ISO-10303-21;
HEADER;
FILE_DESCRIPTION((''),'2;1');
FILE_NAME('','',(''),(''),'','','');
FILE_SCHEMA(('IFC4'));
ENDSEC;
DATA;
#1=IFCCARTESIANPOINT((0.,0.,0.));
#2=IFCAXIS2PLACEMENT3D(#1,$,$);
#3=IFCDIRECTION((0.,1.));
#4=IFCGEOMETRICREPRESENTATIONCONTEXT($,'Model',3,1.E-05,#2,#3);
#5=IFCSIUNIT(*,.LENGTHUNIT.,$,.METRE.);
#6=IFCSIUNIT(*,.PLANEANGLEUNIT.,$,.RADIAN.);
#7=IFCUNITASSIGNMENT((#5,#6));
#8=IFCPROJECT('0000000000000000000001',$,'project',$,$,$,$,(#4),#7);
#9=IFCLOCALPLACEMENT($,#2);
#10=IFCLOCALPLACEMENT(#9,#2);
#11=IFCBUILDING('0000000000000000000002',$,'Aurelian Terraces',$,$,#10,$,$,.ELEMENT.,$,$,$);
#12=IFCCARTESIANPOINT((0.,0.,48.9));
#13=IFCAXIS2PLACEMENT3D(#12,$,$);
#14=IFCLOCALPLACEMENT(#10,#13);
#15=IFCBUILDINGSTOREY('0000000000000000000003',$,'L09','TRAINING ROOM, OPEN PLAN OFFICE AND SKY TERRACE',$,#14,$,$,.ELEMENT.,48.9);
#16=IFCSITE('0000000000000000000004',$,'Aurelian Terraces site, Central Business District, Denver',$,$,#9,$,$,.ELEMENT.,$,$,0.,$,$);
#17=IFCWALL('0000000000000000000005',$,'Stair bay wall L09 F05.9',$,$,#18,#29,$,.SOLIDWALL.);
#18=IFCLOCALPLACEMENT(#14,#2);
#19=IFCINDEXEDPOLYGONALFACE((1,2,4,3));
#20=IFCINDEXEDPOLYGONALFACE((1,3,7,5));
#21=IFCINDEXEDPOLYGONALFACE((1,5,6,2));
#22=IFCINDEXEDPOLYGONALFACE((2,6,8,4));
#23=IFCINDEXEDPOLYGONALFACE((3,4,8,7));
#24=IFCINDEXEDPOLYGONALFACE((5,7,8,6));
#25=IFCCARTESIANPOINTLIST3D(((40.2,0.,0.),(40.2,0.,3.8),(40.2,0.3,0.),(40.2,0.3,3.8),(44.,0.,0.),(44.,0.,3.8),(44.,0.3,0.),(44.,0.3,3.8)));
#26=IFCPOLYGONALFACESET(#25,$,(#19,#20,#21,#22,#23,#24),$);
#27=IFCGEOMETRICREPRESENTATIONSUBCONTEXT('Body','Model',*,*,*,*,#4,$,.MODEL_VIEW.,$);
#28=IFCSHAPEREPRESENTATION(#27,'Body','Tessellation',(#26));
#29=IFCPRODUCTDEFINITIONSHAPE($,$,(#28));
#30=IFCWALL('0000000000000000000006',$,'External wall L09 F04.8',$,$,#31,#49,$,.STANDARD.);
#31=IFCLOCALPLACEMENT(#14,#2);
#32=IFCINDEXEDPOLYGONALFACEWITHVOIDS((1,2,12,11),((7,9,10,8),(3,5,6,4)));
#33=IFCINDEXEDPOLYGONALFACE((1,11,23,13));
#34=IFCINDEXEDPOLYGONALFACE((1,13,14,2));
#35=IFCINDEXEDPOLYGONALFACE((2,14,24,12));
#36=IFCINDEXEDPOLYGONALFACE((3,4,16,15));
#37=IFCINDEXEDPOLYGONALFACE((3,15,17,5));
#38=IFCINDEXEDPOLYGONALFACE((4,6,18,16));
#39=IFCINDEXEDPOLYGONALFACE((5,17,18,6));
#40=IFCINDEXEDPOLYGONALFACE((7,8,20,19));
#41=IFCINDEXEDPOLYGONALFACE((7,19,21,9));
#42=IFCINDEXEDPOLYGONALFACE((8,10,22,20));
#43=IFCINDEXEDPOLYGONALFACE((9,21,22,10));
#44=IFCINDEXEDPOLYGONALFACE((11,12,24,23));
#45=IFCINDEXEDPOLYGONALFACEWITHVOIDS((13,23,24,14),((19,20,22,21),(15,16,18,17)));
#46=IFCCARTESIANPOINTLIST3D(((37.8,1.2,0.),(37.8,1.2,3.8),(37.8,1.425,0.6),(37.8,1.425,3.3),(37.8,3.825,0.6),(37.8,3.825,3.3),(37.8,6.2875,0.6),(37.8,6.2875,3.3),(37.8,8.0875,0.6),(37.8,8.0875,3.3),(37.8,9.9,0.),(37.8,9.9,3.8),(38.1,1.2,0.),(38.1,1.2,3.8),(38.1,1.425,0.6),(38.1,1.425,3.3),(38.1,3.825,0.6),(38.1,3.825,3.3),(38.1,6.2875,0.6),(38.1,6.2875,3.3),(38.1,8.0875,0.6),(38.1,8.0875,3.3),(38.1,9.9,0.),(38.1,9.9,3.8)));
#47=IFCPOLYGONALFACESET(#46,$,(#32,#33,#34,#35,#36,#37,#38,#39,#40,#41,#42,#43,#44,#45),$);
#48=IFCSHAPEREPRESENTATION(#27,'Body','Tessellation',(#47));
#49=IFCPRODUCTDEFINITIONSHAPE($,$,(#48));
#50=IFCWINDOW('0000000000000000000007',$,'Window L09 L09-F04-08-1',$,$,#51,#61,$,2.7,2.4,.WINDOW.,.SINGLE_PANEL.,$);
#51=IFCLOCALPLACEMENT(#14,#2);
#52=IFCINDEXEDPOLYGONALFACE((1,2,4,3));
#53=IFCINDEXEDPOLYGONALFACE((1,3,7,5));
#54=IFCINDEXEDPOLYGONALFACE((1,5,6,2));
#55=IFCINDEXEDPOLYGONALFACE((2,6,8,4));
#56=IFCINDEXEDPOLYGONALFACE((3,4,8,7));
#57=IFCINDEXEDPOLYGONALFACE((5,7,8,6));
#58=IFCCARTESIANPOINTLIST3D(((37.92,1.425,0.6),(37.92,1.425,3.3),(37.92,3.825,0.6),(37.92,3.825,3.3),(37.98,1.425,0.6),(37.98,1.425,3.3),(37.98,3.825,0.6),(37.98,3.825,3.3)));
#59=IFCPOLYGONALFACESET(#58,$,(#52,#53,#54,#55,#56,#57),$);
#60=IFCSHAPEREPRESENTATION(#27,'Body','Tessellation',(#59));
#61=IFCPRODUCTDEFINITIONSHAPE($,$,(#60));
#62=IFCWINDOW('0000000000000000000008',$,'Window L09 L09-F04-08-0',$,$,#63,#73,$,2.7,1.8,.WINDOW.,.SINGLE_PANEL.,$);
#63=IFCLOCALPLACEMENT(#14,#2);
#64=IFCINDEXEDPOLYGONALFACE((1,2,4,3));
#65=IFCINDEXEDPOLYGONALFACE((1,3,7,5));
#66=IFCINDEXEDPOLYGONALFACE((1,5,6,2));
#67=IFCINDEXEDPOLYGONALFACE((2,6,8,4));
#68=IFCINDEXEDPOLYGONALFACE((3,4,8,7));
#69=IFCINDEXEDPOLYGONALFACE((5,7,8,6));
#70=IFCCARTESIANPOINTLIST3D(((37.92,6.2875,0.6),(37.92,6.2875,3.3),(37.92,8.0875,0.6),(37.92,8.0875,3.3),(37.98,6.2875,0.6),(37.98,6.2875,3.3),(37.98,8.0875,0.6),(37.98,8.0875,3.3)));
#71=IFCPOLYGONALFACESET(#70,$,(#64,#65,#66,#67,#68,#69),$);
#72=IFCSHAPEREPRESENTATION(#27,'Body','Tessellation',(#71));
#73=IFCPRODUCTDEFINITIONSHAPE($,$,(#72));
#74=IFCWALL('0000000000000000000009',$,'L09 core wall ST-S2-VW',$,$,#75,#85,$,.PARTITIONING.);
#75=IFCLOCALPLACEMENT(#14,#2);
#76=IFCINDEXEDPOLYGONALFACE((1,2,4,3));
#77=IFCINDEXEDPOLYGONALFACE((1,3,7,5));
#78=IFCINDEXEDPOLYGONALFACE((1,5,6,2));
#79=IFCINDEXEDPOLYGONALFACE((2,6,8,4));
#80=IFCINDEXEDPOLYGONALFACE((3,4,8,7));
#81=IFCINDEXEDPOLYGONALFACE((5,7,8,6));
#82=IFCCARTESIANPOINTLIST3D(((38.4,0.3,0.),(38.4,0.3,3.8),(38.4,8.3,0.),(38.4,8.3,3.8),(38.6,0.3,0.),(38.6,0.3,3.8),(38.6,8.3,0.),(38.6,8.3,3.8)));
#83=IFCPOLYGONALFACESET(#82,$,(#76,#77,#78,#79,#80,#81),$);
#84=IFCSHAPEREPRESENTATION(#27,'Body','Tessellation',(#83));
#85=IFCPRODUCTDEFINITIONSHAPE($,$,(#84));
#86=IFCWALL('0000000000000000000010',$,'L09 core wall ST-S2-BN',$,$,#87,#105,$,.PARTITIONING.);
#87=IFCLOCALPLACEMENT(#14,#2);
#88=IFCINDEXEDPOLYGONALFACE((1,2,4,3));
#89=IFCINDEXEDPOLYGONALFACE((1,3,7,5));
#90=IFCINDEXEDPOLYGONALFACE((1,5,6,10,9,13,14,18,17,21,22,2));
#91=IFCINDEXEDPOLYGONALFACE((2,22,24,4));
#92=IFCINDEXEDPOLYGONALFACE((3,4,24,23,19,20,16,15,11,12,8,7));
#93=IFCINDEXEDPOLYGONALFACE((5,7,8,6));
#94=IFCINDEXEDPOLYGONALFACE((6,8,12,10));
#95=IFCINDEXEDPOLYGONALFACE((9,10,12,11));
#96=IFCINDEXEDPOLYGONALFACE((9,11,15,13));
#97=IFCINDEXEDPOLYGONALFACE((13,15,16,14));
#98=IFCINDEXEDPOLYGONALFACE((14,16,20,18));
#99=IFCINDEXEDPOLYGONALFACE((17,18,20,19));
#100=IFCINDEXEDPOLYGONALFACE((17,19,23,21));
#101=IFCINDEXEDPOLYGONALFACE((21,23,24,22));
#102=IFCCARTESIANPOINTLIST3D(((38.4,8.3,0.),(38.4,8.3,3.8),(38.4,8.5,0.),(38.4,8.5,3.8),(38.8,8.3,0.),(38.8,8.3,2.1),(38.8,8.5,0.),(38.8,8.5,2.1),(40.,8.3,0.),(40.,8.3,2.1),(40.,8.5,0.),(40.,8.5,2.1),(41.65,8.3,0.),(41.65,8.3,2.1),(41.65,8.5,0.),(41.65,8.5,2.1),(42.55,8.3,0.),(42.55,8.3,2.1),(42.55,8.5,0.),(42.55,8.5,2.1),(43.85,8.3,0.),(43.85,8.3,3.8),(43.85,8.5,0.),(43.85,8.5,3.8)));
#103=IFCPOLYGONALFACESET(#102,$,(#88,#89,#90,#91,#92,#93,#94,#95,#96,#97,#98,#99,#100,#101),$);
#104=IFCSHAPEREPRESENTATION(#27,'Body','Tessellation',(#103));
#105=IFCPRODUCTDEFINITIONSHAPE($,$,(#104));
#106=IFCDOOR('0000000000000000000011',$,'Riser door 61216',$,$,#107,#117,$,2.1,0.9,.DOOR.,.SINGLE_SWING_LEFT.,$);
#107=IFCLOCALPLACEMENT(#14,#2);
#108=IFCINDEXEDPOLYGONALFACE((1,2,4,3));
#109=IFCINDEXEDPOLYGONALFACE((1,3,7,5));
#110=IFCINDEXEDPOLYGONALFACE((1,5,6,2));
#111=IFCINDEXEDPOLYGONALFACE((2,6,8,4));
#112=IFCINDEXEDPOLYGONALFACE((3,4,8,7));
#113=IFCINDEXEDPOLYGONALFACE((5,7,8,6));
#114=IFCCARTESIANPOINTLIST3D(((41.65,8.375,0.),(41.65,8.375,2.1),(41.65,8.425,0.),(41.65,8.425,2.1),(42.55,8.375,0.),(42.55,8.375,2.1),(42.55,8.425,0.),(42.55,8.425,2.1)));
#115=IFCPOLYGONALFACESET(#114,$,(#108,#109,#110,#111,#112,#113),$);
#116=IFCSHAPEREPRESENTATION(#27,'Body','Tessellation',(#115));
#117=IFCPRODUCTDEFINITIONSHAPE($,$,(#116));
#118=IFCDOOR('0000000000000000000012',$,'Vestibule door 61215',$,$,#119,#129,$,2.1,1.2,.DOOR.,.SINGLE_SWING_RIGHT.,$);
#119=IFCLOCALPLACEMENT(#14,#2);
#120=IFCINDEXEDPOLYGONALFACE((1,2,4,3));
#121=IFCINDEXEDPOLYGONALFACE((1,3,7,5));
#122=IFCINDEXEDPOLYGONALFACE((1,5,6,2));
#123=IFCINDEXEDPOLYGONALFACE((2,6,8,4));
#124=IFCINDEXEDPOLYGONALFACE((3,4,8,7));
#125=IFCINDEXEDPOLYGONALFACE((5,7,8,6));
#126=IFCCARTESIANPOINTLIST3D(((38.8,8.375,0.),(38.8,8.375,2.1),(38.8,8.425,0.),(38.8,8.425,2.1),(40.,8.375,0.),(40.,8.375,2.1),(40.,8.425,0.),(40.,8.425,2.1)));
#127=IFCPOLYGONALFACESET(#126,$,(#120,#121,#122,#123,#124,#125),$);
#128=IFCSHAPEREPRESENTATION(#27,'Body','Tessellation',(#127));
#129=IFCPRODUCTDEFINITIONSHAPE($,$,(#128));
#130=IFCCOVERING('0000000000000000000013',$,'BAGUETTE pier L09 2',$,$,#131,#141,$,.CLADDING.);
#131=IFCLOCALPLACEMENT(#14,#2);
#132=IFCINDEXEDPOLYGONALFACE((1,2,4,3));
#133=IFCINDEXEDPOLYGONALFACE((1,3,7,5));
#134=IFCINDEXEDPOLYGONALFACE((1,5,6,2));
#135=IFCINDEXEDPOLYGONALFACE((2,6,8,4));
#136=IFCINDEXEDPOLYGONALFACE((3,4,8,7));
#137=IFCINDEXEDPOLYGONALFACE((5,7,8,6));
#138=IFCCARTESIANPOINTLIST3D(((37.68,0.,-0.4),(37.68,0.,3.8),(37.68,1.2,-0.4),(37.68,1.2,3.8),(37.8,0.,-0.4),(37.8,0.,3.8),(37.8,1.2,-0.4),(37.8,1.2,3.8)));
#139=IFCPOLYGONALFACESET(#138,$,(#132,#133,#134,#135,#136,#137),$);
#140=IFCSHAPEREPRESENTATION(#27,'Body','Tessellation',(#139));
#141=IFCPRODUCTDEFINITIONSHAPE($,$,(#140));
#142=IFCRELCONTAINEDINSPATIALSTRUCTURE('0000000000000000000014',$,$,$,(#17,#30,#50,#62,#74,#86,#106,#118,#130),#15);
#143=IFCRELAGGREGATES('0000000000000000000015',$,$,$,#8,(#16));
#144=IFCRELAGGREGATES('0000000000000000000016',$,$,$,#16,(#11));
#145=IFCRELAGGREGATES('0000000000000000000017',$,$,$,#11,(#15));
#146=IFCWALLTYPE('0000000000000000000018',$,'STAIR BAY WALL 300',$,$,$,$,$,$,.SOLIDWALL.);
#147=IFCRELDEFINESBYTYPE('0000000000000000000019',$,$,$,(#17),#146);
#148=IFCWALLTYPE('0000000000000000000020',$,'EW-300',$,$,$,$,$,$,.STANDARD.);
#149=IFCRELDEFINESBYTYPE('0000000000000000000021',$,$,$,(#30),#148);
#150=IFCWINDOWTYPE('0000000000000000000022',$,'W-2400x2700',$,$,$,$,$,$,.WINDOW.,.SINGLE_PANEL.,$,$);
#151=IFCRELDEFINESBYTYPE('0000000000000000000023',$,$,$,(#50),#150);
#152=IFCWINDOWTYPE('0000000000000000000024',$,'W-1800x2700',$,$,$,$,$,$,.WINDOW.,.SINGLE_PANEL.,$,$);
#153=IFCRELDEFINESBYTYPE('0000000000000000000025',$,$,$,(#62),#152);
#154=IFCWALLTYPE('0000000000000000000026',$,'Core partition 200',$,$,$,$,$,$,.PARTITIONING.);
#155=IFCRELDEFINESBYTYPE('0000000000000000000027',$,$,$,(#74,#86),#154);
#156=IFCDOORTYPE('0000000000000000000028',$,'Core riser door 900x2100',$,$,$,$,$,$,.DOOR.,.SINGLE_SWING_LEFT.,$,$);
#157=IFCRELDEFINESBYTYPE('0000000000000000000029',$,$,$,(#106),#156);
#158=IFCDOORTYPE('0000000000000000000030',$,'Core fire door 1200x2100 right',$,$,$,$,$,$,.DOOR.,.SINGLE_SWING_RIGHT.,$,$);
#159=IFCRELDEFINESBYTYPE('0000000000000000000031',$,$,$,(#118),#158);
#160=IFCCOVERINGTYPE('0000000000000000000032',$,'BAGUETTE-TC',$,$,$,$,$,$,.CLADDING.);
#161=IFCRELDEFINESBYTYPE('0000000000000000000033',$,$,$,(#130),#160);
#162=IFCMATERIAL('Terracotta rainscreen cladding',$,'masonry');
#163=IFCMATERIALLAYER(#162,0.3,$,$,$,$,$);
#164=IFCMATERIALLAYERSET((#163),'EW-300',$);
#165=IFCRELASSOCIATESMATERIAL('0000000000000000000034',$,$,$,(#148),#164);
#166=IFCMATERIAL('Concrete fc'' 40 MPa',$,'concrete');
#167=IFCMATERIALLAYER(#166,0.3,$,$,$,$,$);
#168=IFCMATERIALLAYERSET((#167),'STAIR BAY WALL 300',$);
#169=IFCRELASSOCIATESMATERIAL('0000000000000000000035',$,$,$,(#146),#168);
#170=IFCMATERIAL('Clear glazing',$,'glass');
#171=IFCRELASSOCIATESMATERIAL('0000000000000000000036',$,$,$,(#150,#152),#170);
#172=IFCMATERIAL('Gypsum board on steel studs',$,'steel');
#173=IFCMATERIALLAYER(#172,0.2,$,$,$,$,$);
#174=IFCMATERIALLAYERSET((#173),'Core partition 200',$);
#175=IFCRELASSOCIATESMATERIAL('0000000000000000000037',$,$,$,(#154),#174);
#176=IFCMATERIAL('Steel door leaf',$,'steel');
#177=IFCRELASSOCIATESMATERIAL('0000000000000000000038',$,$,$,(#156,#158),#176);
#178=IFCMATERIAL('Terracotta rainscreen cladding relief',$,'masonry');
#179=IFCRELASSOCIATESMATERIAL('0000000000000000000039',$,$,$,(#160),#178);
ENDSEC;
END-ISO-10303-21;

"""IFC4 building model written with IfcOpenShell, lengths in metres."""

from ifc_helpers import new_model, si_unit, direction, frame, frame_2d, origin, origin_2d, place, context, subcontext, project, spatial, rectangle, extrude, source, transform, mapped, material, layer, layer_set, type_object, element, fill, save


model = new_model("IFC4")

# Units and contexts
model_context = context("Model", 3, precision=1e-05, world=origin(), true_north=direction((0.0, 1.0)))
body_context = subcontext(model_context, "Body", "Model", "MODEL_VIEW")
ifc_project = project(units=[si_unit("LENGTHUNIT", "METRE"), si_unit("PLANEANGLEUNIT", "RADIAN")], contexts=[model_context])

# Site, building, storey
site_placement = place(None, origin())
site = spatial("IfcSite", under=ifc_project, at=site_placement, Name="Aurelian Terraces site, Central Business District, Denver", CompositionType="ELEMENT", RefElevation=0.0)
building_placement = place(site_placement, origin())
building = spatial("IfcBuilding", under=site, at=building_placement, Name="Aurelian Terraces", CompositionType="ELEMENT")
storey_placement = place(building_placement, frame((0.0, 0.0, 48.9)))
storey = spatial("IfcBuildingStorey", under=building, at=storey_placement, Name="L09", Description="TRAINING ROOM, OPEN PLAN OFFICE AND SKY TERRACE", CompositionType="ELEMENT", Elevation=48.9)

# Shared definitions
ifc_material_1 = material(Name="Concrete fc' 40 MPa", Category="concrete")

# Wall
ifc_material_2 = material(Name="Terracotta rainscreen cladding", Category="masonry")
ifc_layer_1 = layer(ifc_material_2, 0.3)
ifc_layer_set_1 = layer_set([ifc_layer_1], Name="EW-300")
wall_type_1 = type_object("IfcWallType", Name="EW-300", PredefinedType="STANDARD", material=ifc_layer_set_1)
ifc_layer_2 = layer(ifc_material_1, 0.3)
ifc_layer_set_2 = layer_set([ifc_layer_2], Name="STAIR BAY WALL 300")
wall_type_2 = type_object("IfcWallType", Name="STAIR BAY WALL 300", PredefinedType="SOLIDWALL", material=ifc_layer_set_2)
shared_shape_1 = source(origin(), body_context, "Body", "SweptSolid", [
    extrude(rectangle(XDim=3.8, YDim=0.3, at=frame_2d((1.9, 0.0))), origin(), (0.0, 0.0, 1.0), 3.8),
])
wall_1_placement = place(storey_placement, frame((40.2, 0.15, 0.0), z_axis=(0.0, 0.0, 1.0), x_axis=(1.0, 0.0, 0.0)))
element("IfcWall", 1, at=wall_1_placement, inside=storey, type_object=wall_type_2, Name="Stair bay wall L09 F05.9", PredefinedType="SOLIDWALL", context=body_context, shape_type="MappedRepresentation", body=[
    mapped(shared_shape_1, transform((0.0, 0.0, 0.0), scale=1.0)),
])

# Wall, openings, windows
shared_shape_2 = source(origin(), body_context, "Body", "SweptSolid", [
    extrude(rectangle(XDim=8.7, YDim=0.3, at=frame_2d((4.35, 0.0))), origin(), (0.0, 0.0, 1.0), 3.8),
])
wall_2_placement = place(storey_placement, frame((37.95, 9.9, 0.0), z_axis=(0.0, 0.0, 1.0), x_axis=(0.0, -1.0, 0.0)))
wall_2 = element("IfcWall", 2, at=wall_2_placement, inside=storey, type_object=wall_type_1, Name="External wall L09 F04.8", PredefinedType="STANDARD", context=body_context, shape_type="MappedRepresentation", body=[
    mapped(shared_shape_2, transform((0.0, 0.0, 0.0), scale=1.0)),
])
shared_shape_3 = source(origin(), body_context, "Body", "SweptSolid", [
    extrude(rectangle(XDim=1.8, YDim=2.7, at=frame_2d((0.9, 1.35))), frame((0.0, 0.16, 0.0), z_axis=(0.0, -1.0, 0.0), x_axis=(1.0, 0.0, 0.0)), (0.0, 0.0, 1.0), 0.32),
])
opening_1_placement = place(wall_2_placement, frame((1.8125, 0.0, 0.6)))
opening_1 = element("IfcOpeningElement", 3, at=opening_1_placement, cuts=wall_2, PredefinedType="OPENING", context=body_context, shape_type="MappedRepresentation", body=[
    mapped(shared_shape_3, transform((0.0, 0.0, 0.0), scale=1.0)),
])
shared_shape_4 = source(origin(), body_context, "Body", "SweptSolid", [
    extrude(rectangle(XDim=2.4, YDim=2.7, at=frame_2d((1.2, 1.35))), frame((0.0, 0.16, 0.0), z_axis=(0.0, -1.0, 0.0), x_axis=(1.0, 0.0, 0.0)), (0.0, 0.0, 1.0), 0.32),
])
opening_2_placement = place(wall_2_placement, frame((6.075, 0.0, 0.6)))
opening_2 = element("IfcOpeningElement", 4, at=opening_2_placement, cuts=wall_2, PredefinedType="OPENING", context=body_context, shape_type="MappedRepresentation", body=[
    mapped(shared_shape_4, transform((0.0, 0.0, 0.0), scale=1.0)),
])
ifc_material_3 = material(Name="Clear glazing", Category="glass")
window_type_1 = type_object("IfcWindowType", Name="W-2400x2700", PartitioningType="SINGLE_PANEL", PredefinedType="WINDOW", material=ifc_material_3)
shared_shape_5 = source(origin(), body_context, "Body", "SweptSolid", [
    extrude(rectangle(XDim=2.4, YDim=2.7, at=frame_2d((1.2, 1.35))), frame((0.0, 0.03, 0.0), z_axis=(0.0, -1.0, 0.0), x_axis=(1.0, 0.0, 0.0)), (0.0, 0.0, 1.0), 0.06),
])
window_1_placement = place(opening_2_placement, origin())
window_1 = element("IfcWindow", 5, at=window_1_placement, inside=storey, type_object=window_type_1, Name="Window L09 L09-F04-08-1", OverallHeight=2.7, OverallWidth=2.4, PartitioningType="SINGLE_PANEL", PredefinedType="WINDOW", context=body_context, shape_type="MappedRepresentation", body=[
    mapped(shared_shape_5, transform((0.0, 0.0, 0.0), scale=1.0)),
])
fill(opening_2, window_1)
window_type_2 = type_object("IfcWindowType", Name="W-1800x2700", PartitioningType="SINGLE_PANEL", PredefinedType="WINDOW", material=ifc_material_3)
shared_shape_6 = source(origin(), body_context, "Body", "SweptSolid", [
    extrude(rectangle(XDim=1.8, YDim=2.7, at=frame_2d((0.9, 1.35))), frame((0.0, 0.03, 0.0), z_axis=(0.0, -1.0, 0.0), x_axis=(1.0, 0.0, 0.0)), (0.0, 0.0, 1.0), 0.06),
])
window_2_placement = place(opening_1_placement, origin())
window_2 = element("IfcWindow", 6, at=window_2_placement, inside=storey, type_object=window_type_2, Name="Window L09 L09-F04-08-0", OverallHeight=2.7, OverallWidth=1.8, PartitioningType="SINGLE_PANEL", PredefinedType="WINDOW", context=body_context, shape_type="MappedRepresentation", body=[
    mapped(shared_shape_6, transform((0.0, 0.0, 0.0), scale=1.0)),
])
fill(opening_1, window_2)

# Wall
ifc_material_4 = material(Name="Gypsum board on steel studs", Category="steel")
ifc_layer_3 = layer(ifc_material_4, 0.2)
ifc_layer_set_3 = layer_set([ifc_layer_3], Name="Core partition 200")
wall_type_3 = type_object("IfcWallType", Name="Core partition 200", PredefinedType="PARTITIONING", material=ifc_layer_set_3)
shared_shape_7 = source(origin(), body_context, "Body", "SweptSolid", [
    extrude(rectangle(XDim=8.0, YDim=0.2, at=frame_2d((4.0, 0.0))), origin(), (0.0, 0.0, 1.0), 3.8),
])
wall_3_placement = place(storey_placement, frame((38.5, 0.3, 0.0), z_axis=(0.0, 0.0, 1.0), x_axis=(0.0, 1.0, 0.0)))
element("IfcWall", 7, at=wall_3_placement, inside=storey, type_object=wall_type_3, Name="L09 core wall ST-S2-VW", PredefinedType="PARTITIONING", context=body_context, shape_type="MappedRepresentation", body=[
    mapped(shared_shape_7, transform((0.0, 0.0, 0.0), scale=1.0)),
])

# Wall, openings, doors
shared_shape_8 = source(origin(), body_context, "Body", "SweptSolid", [
    extrude(rectangle(XDim=5.45, YDim=0.2, at=frame_2d((2.725, 0.0))), origin(), (0.0, 0.0, 1.0), 3.8),
])
wall_4_placement = place(storey_placement, frame((38.4, 8.4, 0.0), z_axis=(0.0, 0.0, 1.0), x_axis=(1.0, 0.0, 0.0)))
wall_4 = element("IfcWall", 8, at=wall_4_placement, inside=storey, type_object=wall_type_3, Name="L09 core wall ST-S2-BN", PredefinedType="PARTITIONING", context=body_context, shape_type="MappedRepresentation", body=[
    mapped(shared_shape_8, transform((0.0, 0.0, 0.0), scale=1.0)),
])
shared_shape_9 = source(origin(), body_context, "Body", "SweptSolid", [
    extrude(rectangle(XDim=1.2, YDim=2.1, at=frame_2d((0.6, 1.05))), frame((0.0, 0.11, 0.0), z_axis=(0.0, -1.0, 0.0), x_axis=(1.0, 0.0, 0.0)), (0.0, 0.0, 1.0), 0.22),
])
opening_3_placement = place(wall_4_placement, frame((0.4, 0.0, 0.0)))
opening_3 = element("IfcOpeningElement", 9, at=opening_3_placement, cuts=wall_4, PredefinedType="OPENING", context=body_context, shape_type="MappedRepresentation", body=[
    mapped(shared_shape_9, transform((0.0, 0.0, 0.0), scale=1.0)),
])
shared_shape_10 = source(origin(), body_context, "Body", "SweptSolid", [
    extrude(rectangle(XDim=0.9, YDim=2.1, at=frame_2d((0.45, 1.05))), frame((0.0, 0.11, 0.0), z_axis=(0.0, -1.0, 0.0), x_axis=(1.0, 0.0, 0.0)), (0.0, 0.0, 1.0), 0.22),
])
opening_4_placement = place(wall_4_placement, frame((3.25, 0.0, 0.0)))
opening_4 = element("IfcOpeningElement", 10, at=opening_4_placement, cuts=wall_4, PredefinedType="OPENING", context=body_context, shape_type="MappedRepresentation", body=[
    mapped(shared_shape_10, transform((0.0, 0.0, 0.0), scale=1.0)),
])
ifc_material_5 = material(Name="Steel door leaf", Category="steel")
door_type_1 = type_object("IfcDoorType", Name="Core riser door 900x2100", OperationType="SINGLE_SWING_LEFT", PredefinedType="DOOR", material=ifc_material_5)
shared_shape_11 = source(origin(), body_context, "Body", "SweptSolid", [
    extrude(rectangle(XDim=0.9, YDim=2.1, at=frame_2d((0.45, 1.05))), frame((0.0, 0.025, 0.0), z_axis=(0.0, -1.0, 0.0), x_axis=(1.0, 0.0, 0.0)), (0.0, 0.0, 1.0), 0.05),
])
door_1_placement = place(opening_4_placement, origin())
door_1 = element("IfcDoor", 11, at=door_1_placement, inside=storey, type_object=door_type_1, Name="Riser door 61216", OperationType="SINGLE_SWING_LEFT", OverallHeight=2.1, OverallWidth=0.9, PredefinedType="DOOR", context=body_context, shape_type="MappedRepresentation", body=[
    mapped(shared_shape_11, transform((0.0, 0.0, 0.0), scale=1.0)),
])
fill(opening_4, door_1)
door_type_2 = type_object("IfcDoorType", Name="Core fire door 1200x2100 right", OperationType="SINGLE_SWING_RIGHT", PredefinedType="DOOR", material=ifc_material_5)
shared_shape_12 = source(origin(), body_context, "Body", "SweptSolid", [
    extrude(rectangle(XDim=1.2, YDim=2.1, at=frame_2d((0.6, 1.05))), frame((0.0, 0.025, 0.0), z_axis=(0.0, -1.0, 0.0), x_axis=(1.0, 0.0, 0.0)), (0.0, 0.0, 1.0), 0.05),
])
door_2_placement = place(opening_3_placement, origin())
door_2 = element("IfcDoor", 12, at=door_2_placement, inside=storey, type_object=door_type_2, Name="Vestibule door 61215", OperationType="SINGLE_SWING_RIGHT", OverallHeight=2.1, OverallWidth=1.2, PredefinedType="DOOR", context=body_context, shape_type="MappedRepresentation", body=[
    mapped(shared_shape_12, transform((0.0, 0.0, 0.0), scale=1.0)),
])
fill(opening_3, door_2)

# Covering
ifc_material_6 = material(Name="Terracotta rainscreen cladding relief", Category="masonry")
covering_type = type_object("IfcCoveringType", Name="BAGUETTE-TC", PredefinedType="CLADDING", material=ifc_material_6)
shared_shape_13 = source(origin(), body_context, "Body", "SweptSolid", [
    extrude(rectangle(XDim=0.12, YDim=1.2, at=origin_2d()), origin(), (0.0, 0.0, 1.0), 4.2),
])
covering_placement = place(storey_placement, frame((37.74, 0.6, -0.4), z_axis=(0.0, 0.0, 1.0), x_axis=(1.0, 0.0, 0.0)))
element("IfcCovering", 13, at=covering_placement, inside=storey, type_object=covering_type, Name="BAGUETTE pier L09 2", PredefinedType="CLADDING", context=body_context, shape_type="MappedRepresentation", body=[
    mapped(shared_shape_13, transform((0.0, 0.0, 0.0), scale=1.0)),
])

save(model, "model.ifc")
